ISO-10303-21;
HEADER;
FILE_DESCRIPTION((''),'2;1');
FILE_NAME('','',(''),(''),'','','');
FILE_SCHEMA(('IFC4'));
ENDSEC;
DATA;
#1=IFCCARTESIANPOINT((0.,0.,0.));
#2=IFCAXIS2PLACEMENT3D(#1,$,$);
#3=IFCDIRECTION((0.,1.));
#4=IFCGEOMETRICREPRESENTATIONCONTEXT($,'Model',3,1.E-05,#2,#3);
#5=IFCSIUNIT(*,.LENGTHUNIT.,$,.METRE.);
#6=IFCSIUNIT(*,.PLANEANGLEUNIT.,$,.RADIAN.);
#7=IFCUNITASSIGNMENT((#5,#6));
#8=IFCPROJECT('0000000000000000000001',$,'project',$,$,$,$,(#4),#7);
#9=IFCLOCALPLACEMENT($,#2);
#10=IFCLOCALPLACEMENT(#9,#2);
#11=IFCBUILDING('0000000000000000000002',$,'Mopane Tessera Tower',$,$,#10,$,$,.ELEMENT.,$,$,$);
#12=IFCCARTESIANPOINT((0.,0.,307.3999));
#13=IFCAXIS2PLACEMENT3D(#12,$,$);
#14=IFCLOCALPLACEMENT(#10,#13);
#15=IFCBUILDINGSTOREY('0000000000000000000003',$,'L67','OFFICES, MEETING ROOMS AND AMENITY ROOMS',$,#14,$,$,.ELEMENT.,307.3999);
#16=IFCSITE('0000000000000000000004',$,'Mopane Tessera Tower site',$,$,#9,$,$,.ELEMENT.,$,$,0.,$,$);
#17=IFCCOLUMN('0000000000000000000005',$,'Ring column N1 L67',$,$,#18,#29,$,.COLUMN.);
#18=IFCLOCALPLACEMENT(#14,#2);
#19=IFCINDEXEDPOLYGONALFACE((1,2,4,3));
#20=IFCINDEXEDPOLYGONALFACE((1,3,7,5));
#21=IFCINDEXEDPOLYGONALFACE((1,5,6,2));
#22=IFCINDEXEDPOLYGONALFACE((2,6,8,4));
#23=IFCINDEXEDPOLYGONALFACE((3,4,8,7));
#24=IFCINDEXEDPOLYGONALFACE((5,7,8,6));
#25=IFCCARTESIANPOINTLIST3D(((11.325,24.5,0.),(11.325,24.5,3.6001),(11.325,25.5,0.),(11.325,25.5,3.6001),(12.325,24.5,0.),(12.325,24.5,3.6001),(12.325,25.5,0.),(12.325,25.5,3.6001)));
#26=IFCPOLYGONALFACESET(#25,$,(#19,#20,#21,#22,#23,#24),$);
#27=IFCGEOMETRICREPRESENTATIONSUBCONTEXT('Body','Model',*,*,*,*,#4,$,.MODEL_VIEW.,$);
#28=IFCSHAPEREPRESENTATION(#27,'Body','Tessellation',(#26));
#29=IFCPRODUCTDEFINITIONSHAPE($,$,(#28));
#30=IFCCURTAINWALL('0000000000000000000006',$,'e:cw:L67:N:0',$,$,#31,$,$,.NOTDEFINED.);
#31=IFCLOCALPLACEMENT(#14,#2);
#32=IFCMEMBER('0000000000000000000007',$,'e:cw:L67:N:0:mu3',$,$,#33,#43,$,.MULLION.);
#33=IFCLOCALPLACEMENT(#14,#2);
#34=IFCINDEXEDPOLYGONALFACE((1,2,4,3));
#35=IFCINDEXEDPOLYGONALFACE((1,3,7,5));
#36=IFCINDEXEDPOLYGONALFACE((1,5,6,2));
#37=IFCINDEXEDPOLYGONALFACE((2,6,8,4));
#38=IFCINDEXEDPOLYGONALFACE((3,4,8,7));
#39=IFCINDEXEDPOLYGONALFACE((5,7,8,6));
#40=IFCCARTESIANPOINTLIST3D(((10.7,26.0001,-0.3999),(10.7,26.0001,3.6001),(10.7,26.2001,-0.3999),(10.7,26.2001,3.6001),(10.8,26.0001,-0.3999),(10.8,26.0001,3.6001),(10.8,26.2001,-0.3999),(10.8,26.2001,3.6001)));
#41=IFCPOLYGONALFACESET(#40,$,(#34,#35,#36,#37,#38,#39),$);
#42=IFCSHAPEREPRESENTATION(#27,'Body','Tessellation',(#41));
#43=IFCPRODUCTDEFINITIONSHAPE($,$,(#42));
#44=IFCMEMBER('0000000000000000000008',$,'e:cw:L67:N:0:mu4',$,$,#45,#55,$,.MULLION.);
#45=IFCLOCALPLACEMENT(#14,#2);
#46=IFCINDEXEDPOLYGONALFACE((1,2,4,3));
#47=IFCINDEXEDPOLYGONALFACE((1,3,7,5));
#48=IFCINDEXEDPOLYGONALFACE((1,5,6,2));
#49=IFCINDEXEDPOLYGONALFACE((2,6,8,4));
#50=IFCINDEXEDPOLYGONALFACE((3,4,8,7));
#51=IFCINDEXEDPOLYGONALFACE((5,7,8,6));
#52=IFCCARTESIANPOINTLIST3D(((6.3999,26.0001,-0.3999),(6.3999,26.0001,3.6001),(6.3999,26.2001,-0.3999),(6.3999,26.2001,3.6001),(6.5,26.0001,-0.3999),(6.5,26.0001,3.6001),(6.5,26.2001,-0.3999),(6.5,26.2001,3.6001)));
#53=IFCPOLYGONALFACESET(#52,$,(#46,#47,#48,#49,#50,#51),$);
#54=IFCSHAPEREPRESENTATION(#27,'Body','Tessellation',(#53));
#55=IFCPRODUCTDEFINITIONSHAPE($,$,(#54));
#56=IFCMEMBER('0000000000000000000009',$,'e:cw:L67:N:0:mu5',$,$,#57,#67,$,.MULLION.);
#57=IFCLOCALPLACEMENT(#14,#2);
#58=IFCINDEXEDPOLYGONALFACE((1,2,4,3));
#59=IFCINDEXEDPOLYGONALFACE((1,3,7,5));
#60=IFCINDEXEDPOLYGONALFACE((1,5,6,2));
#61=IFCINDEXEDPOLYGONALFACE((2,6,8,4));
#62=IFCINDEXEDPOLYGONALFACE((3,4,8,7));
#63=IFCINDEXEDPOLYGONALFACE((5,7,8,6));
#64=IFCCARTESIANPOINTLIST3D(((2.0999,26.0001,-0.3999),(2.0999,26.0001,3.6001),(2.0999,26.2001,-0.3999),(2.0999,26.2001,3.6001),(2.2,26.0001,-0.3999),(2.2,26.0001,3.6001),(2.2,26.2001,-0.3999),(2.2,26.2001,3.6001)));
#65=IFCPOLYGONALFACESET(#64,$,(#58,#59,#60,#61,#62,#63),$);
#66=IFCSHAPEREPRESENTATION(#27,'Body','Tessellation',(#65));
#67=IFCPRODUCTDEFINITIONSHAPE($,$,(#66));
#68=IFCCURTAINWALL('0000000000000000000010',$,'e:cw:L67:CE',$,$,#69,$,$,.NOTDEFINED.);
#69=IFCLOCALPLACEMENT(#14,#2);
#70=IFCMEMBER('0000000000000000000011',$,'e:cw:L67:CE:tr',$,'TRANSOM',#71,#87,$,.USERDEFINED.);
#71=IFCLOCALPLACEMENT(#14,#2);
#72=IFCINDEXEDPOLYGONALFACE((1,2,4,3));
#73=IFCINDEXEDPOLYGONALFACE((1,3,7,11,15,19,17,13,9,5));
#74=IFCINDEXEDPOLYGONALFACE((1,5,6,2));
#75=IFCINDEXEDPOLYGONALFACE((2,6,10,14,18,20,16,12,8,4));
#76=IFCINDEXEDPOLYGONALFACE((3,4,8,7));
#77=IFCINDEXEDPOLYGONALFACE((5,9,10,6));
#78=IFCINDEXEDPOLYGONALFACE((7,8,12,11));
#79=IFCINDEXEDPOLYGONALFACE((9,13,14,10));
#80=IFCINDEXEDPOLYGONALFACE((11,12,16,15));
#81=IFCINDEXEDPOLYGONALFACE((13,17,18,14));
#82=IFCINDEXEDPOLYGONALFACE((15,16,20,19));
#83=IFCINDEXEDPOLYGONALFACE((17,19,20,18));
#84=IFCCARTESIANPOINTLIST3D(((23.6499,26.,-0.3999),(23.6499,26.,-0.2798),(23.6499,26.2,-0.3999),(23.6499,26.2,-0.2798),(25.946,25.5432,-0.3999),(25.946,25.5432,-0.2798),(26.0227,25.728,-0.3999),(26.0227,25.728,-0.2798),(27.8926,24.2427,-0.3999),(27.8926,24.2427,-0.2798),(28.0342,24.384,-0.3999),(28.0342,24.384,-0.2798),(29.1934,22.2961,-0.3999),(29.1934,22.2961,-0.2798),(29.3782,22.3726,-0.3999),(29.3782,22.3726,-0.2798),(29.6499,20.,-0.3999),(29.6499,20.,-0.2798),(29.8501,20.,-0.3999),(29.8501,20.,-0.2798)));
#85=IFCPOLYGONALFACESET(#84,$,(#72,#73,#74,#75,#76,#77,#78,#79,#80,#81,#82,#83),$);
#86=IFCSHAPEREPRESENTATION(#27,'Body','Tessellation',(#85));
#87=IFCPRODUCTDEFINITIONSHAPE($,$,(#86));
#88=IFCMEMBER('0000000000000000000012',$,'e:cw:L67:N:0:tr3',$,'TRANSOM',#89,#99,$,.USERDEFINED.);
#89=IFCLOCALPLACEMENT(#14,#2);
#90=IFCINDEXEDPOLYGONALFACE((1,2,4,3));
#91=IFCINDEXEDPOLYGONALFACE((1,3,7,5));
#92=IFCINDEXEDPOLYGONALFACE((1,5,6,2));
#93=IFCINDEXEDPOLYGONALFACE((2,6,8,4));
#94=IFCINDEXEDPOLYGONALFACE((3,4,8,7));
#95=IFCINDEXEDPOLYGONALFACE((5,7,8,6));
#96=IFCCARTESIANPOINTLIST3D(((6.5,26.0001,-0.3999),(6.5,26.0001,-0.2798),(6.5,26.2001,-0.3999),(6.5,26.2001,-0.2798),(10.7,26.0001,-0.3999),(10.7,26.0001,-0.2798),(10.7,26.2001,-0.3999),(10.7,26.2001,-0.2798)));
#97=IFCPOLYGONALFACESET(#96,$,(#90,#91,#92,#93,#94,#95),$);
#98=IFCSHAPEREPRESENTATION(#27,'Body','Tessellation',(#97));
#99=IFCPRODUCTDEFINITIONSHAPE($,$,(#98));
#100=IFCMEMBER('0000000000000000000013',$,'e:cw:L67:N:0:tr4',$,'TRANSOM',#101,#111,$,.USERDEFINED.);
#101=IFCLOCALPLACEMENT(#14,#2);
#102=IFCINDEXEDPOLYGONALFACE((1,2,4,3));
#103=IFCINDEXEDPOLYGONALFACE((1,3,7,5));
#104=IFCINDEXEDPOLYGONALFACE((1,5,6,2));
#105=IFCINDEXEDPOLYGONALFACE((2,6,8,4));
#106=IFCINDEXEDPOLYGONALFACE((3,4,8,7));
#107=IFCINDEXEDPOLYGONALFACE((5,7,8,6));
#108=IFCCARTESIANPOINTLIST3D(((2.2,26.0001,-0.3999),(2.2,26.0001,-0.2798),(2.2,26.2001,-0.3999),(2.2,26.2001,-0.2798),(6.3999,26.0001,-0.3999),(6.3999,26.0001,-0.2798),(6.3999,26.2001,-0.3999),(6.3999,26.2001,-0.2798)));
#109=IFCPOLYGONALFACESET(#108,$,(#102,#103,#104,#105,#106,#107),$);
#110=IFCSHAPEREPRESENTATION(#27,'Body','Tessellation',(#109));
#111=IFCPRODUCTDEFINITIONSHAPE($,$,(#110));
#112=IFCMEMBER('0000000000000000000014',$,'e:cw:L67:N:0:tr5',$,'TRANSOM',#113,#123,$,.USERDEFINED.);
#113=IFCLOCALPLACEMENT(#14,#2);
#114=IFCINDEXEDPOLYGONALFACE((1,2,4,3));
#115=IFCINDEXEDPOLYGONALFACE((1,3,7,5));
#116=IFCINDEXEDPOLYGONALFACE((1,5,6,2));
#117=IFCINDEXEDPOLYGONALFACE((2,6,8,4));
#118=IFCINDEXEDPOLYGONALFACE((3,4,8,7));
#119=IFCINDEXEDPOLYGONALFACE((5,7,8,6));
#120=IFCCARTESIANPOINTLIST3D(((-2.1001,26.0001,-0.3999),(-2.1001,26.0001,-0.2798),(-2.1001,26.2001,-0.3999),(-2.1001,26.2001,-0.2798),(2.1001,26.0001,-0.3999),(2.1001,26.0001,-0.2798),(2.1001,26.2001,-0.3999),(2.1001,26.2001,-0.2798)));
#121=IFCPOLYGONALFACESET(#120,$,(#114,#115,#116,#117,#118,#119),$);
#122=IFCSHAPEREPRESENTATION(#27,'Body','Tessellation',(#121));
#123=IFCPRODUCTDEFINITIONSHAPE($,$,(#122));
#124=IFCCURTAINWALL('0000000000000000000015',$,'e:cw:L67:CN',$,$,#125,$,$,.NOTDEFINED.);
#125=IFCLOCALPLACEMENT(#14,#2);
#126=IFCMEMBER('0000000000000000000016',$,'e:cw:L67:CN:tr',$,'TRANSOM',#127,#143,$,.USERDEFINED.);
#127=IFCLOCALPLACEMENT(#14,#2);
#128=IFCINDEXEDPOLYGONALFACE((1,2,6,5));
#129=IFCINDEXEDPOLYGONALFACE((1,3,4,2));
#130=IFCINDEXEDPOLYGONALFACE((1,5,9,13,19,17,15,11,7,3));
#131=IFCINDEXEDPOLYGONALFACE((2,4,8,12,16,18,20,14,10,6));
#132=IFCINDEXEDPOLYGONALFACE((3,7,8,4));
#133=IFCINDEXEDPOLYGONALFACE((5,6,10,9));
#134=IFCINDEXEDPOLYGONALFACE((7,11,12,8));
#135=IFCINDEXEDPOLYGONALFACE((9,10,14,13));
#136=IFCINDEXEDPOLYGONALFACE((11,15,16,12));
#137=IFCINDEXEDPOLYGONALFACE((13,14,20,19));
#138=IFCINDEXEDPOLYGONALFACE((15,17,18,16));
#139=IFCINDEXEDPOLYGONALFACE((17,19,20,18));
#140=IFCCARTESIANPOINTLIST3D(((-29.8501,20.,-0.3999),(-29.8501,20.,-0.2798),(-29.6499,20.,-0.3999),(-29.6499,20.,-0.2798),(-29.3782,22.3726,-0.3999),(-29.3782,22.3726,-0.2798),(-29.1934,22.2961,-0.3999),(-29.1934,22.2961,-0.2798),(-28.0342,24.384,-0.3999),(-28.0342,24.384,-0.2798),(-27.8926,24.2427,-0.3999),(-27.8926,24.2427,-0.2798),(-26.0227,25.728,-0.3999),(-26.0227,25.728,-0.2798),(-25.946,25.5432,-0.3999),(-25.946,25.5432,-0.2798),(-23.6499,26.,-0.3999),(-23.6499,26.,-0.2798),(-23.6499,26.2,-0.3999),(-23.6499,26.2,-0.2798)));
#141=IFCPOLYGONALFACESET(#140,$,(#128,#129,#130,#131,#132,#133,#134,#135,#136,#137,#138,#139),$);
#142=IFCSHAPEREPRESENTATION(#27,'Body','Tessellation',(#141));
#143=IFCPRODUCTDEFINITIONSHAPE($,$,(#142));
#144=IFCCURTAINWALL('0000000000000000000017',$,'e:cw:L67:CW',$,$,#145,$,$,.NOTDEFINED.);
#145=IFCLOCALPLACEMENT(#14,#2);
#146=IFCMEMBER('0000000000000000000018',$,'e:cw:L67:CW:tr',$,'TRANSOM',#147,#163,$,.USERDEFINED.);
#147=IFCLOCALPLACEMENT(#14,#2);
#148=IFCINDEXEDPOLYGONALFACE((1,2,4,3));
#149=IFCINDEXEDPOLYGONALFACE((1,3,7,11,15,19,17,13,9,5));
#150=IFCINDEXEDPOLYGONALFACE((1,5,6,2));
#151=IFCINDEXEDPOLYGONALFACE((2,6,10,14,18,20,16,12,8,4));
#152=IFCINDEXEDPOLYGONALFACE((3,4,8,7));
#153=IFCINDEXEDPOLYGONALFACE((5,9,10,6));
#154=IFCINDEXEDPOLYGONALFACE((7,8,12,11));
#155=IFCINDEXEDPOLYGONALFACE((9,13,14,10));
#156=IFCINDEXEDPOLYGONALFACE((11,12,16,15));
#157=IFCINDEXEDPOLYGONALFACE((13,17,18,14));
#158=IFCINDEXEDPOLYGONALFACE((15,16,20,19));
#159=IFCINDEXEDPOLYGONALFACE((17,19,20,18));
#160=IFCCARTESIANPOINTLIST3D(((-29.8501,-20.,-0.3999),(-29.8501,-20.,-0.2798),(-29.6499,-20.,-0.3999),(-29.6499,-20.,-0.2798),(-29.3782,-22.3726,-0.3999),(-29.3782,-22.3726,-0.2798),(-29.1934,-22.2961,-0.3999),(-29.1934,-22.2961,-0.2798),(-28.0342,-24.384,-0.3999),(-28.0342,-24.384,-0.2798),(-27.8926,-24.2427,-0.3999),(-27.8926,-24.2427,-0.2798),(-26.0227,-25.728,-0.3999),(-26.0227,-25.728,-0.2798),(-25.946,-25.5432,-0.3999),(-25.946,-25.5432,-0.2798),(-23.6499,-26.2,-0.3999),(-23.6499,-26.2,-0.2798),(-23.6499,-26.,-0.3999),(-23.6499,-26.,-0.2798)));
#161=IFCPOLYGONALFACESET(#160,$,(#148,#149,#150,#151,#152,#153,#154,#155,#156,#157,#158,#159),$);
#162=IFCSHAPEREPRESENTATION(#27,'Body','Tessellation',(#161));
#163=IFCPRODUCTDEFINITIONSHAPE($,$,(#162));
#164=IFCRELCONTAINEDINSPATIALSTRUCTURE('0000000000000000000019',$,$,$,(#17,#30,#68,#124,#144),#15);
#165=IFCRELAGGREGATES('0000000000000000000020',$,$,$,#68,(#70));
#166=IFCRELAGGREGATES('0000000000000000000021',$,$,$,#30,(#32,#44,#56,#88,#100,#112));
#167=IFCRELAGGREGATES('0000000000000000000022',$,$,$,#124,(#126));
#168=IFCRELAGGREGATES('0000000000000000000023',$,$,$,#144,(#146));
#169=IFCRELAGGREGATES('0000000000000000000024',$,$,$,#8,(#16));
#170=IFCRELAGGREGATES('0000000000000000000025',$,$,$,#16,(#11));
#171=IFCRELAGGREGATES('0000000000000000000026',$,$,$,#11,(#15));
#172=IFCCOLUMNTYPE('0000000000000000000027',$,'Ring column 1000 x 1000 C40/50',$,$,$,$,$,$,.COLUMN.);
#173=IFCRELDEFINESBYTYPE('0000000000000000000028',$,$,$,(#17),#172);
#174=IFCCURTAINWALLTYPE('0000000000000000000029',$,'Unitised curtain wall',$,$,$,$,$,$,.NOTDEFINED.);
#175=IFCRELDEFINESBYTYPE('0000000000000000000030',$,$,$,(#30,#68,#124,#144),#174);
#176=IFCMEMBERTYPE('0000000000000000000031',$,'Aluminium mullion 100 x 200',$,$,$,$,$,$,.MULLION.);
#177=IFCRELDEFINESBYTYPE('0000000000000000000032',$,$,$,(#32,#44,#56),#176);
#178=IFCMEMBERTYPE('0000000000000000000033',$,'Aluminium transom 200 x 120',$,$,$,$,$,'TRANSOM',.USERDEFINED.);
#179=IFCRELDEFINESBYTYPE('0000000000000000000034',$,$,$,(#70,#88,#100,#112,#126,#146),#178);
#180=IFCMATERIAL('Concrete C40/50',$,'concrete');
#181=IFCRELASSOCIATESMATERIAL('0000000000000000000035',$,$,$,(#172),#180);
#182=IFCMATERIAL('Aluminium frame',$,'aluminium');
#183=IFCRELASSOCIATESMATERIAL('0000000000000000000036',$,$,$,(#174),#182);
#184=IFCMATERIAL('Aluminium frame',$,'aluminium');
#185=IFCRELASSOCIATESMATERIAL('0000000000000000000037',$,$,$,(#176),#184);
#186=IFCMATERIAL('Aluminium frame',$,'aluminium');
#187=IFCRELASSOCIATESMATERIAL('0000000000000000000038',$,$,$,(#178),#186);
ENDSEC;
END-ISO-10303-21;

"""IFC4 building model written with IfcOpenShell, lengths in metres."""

from ifc_helpers import new_model, si_unit, direction, frame, origin, origin_2d, place, context, subcontext, project, spatial, polyline, rectangle, outline, extrude, material, material_profile, profile_set, type_object, element, aggregate, save


model = new_model("IFC4")

# Units and contexts
model_context = context("Model", 3, precision=1e-05, world=origin(), true_north=direction((0.0, 1.0)))
body_context = subcontext(model_context, "Body", "Model", "MODEL_VIEW")
ifc_project = project(units=[si_unit("LENGTHUNIT", "METRE"), si_unit("PLANEANGLEUNIT", "RADIAN")], contexts=[model_context])

# Site, building, storey
site_placement = place(None, origin())
site = spatial("IfcSite", under=ifc_project, at=site_placement, Name="Mopane Tessera Tower site", CompositionType="ELEMENT", RefElevation=0.0)
building_placement = place(site_placement, origin())
building = spatial("IfcBuilding", under=site, at=building_placement, Name="Mopane Tessera Tower", CompositionType="ELEMENT")
storey_placement = place(building_placement, frame((0.0, 0.0, 307.3999)))
storey = spatial("IfcBuildingStorey", under=building, at=storey_placement, Name="L67", Description="OFFICES, MEETING ROOMS AND AMENITY ROOMS", CompositionType="ELEMENT", Elevation=307.3999)

# Column
ifc_material_1 = material(Name="Concrete C40/50", Category="concrete")
ifc_material_profile_1 = material_profile(ifc_material_1, rectangle(XDim=1.0, YDim=1.0, at=origin_2d()))
ifc_profile_set_1 = profile_set([ifc_material_profile_1], Name="Concrete C40/50")
column_type = type_object("IfcColumnType", Name="Ring column 1000 x 1000 C40/50", PredefinedType="COLUMN", material=ifc_profile_set_1)
column_placement = place(storey_placement, frame((11.825, 25.0, 0.0), z_axis=(0.0, 0.0, 1.0), x_axis=(1.0, 0.0, 0.0)))
element("IfcColumn", 1, at=column_placement, inside=storey, type_object=column_type, Name="Ring column N1 L67", PredefinedType="COLUMN", context=body_context, shape_type="SweptSolid", body=[
    extrude(rectangle(XDim=1.0, YDim=1.0, at=origin_2d()), origin(), (0.0, 0.0, 1.0), 3.6001),
])

# Curtain wall, members
ifc_material_2 = material(Name="Aluminium frame", Category="aluminium")
curtain_wall_type = type_object("IfcCurtainWallType", Name="Unitised curtain wall", PredefinedType="NOTDEFINED", material=ifc_material_2)
curtain_wall_1_placement = place(storey_placement, origin())
curtain_wall_1 = element("IfcCurtainWall", 2, at=curtain_wall_1_placement, inside=storey, type_object=curtain_wall_type, Name="e:cw:L67:N:0", PredefinedType="NOTDEFINED")
ifc_material_3 = material(Name="Aluminium frame", Category="aluminium")
ifc_material_profile_2 = material_profile(ifc_material_3, rectangle(XDim=0.1001, YDim=0.2, at=origin_2d()))
ifc_profile_set_2 = profile_set([ifc_material_profile_2], Name="Aluminium frame")
member_type_1 = type_object("IfcMemberType", Name="Aluminium mullion 100 x 200", PredefinedType="MULLION", material=ifc_profile_set_2)
member_1_placement = place(storey_placement, frame((10.75, 26.1001, -0.3999), z_axis=(0.0, 0.0, 1.0), x_axis=(-1.0, 0.0, 0.0)))
member_1 = element("IfcMember", 3, at=member_1_placement, type_object=member_type_1, Name="e:cw:L67:N:0:mu3", PredefinedType="MULLION", context=body_context, shape_type="SweptSolid", body=[
    extrude(rectangle(XDim=0.1001, YDim=0.2, at=origin_2d()), origin(), (0.0, 0.0, 1.0), 4.0),
])
member_2_placement = place(storey_placement, frame((6.45, 26.1001, -0.3999), z_axis=(0.0, 0.0, 1.0), x_axis=(-1.0, 0.0, 0.0)))
member_2 = element("IfcMember", 4, at=member_2_placement, type_object=member_type_1, Name="e:cw:L67:N:0:mu4", PredefinedType="MULLION", context=body_context, shape_type="SweptSolid", body=[
    extrude(rectangle(XDim=0.1001, YDim=0.2, at=origin_2d()), origin(), (0.0, 0.0, 1.0), 4.0),
])
member_3_placement = place(storey_placement, frame((2.1499, 26.1001, -0.3999), z_axis=(0.0, 0.0, 1.0), x_axis=(-1.0, 0.0, 0.0)))
member_3 = element("IfcMember", 5, at=member_3_placement, type_object=member_type_1, Name="e:cw:L67:N:0:mu5", PredefinedType="MULLION", context=body_context, shape_type="SweptSolid", body=[
    extrude(rectangle(XDim=0.1001, YDim=0.2, at=origin_2d()), origin(), (0.0, 0.0, 1.0), 4.0),
])

# Curtain wall, member
curtain_wall_2_placement = place(storey_placement, origin())
curtain_wall_2 = element("IfcCurtainWall", 6, at=curtain_wall_2_placement, inside=storey, type_object=curtain_wall_type, Name="e:cw:L67:CE", PredefinedType="NOTDEFINED")
ifc_material_4 = material(Name="Aluminium frame", Category="aluminium")
ifc_material_profile_3 = material_profile(ifc_material_4, rectangle(XDim=0.2, YDim=0.1201, at=origin_2d()))
ifc_profile_set_3 = profile_set([ifc_material_profile_3], Name="Aluminium frame")
member_type_2 = type_object("IfcMemberType", Name="Aluminium transom 200 x 120", ElementType="TRANSOM", PredefinedType="USERDEFINED", material=ifc_profile_set_3)
member_4_placement = place(storey_placement, frame((0.0, 0.0, -0.3999)))
member_4 = element("IfcMember", 7, at=member_4_placement, type_object=member_type_2, Name="e:cw:L67:CE:tr", ObjectType="TRANSOM", PredefinedType="USERDEFINED", context=body_context, shape_type="SweptSolid", body=[
    extrude(outline(polyline([(29.6499, 20.0), (29.1934, 22.2961), (27.8926, 24.2427), (25.946, 25.5432), (23.6499, 26.0), (23.6499, 26.2), (26.0227, 25.728), (28.0342, 24.384), (29.3782, 22.3726), (29.8501, 20.0), (29.6499, 20.0)])), origin(), (0.0, 0.0, 1.0), 0.1201),
])

# Members
member_5_placement = place(storey_placement, frame((10.7, 26.1001, -0.3398), z_axis=(-1.0, 0.0, 0.0), x_axis=(0.0, -1.0, 0.0)))
member_5 = element("IfcMember", 8, at=member_5_placement, type_object=member_type_2, Name="e:cw:L67:N:0:tr3", ObjectType="TRANSOM", PredefinedType="USERDEFINED", context=body_context, shape_type="SweptSolid", body=[
    extrude(rectangle(XDim=0.2, YDim=0.1201, at=origin_2d()), origin(), (0.0, 0.0, 1.0), 4.2),
])
member_6_placement = place(storey_placement, frame((6.3999, 26.1001, -0.3398), z_axis=(-1.0, 0.0, 0.0), x_axis=(0.0, -1.0, 0.0)))
member_6 = element("IfcMember", 9, at=member_6_placement, type_object=member_type_2, Name="e:cw:L67:N:0:tr4", ObjectType="TRANSOM", PredefinedType="USERDEFINED", context=body_context, shape_type="SweptSolid", body=[
    extrude(rectangle(XDim=0.2, YDim=0.1201, at=origin_2d()), origin(), (0.0, 0.0, 1.0), 4.2),
])
member_7_placement = place(storey_placement, frame((2.1001, 26.1001, -0.3398), z_axis=(-1.0, 0.0, 0.0), x_axis=(0.0, -1.0, 0.0)))
member_7 = element("IfcMember", 10, at=member_7_placement, type_object=member_type_2, Name="e:cw:L67:N:0:tr5", ObjectType="TRANSOM", PredefinedType="USERDEFINED", context=body_context, shape_type="SweptSolid", body=[
    extrude(rectangle(XDim=0.2, YDim=0.1201, at=origin_2d()), origin(), (0.0, 0.0, 1.0), 4.2002),
])

# Curtain walls, members
curtain_wall_3_placement = place(storey_placement, origin())
curtain_wall_3 = element("IfcCurtainWall", 11, at=curtain_wall_3_placement, inside=storey, type_object=curtain_wall_type, Name="e:cw:L67:CN", PredefinedType="NOTDEFINED")
member_8_placement = place(storey_placement, frame((0.0, 0.0, -0.3999)))
member_8 = element("IfcMember", 12, at=member_8_placement, type_object=member_type_2, Name="e:cw:L67:CN:tr", ObjectType="TRANSOM", PredefinedType="USERDEFINED", context=body_context, shape_type="SweptSolid", body=[
    extrude(outline(polyline([(-23.6499, 26.0), (-25.946, 25.5432), (-27.8926, 24.2427), (-29.1934, 22.2961), (-29.6499, 20.0), (-29.8501, 20.0), (-29.3782, 22.3726), (-28.0342, 24.384), (-26.0227, 25.728), (-23.6499, 26.2), (-23.6499, 26.0)])), origin(), (0.0, 0.0, 1.0), 0.1201),
])
curtain_wall_4_placement = place(storey_placement, origin())
curtain_wall_4 = element("IfcCurtainWall", 13, at=curtain_wall_4_placement, inside=storey, type_object=curtain_wall_type, Name="e:cw:L67:CW", PredefinedType="NOTDEFINED")
member_9_placement = place(storey_placement, frame((0.0, 0.0, -0.3999)))
member_9 = element("IfcMember", 14, at=member_9_placement, type_object=member_type_2, Name="e:cw:L67:CW:tr", ObjectType="TRANSOM", PredefinedType="USERDEFINED", context=body_context, shape_type="SweptSolid", body=[
    extrude(outline(polyline([(-29.6499, -20.0), (-29.1934, -22.2961), (-27.8926, -24.2427), (-25.946, -25.5432), (-23.6499, -26.0), (-23.6499, -26.2), (-26.0227, -25.728), (-28.0342, -24.384), (-29.3782, -22.3726), (-29.8501, -20.0), (-29.6499, -20.0)])), origin(), (0.0, 0.0, 1.0), 0.1201),
])

aggregate(curtain_wall_2, [member_4])
aggregate(curtain_wall_1, [member_1, member_2, member_3, member_5, member_6, member_7])
aggregate(curtain_wall_3, [member_8])
aggregate(curtain_wall_4, [member_9])

save(model, "model.ifc")
